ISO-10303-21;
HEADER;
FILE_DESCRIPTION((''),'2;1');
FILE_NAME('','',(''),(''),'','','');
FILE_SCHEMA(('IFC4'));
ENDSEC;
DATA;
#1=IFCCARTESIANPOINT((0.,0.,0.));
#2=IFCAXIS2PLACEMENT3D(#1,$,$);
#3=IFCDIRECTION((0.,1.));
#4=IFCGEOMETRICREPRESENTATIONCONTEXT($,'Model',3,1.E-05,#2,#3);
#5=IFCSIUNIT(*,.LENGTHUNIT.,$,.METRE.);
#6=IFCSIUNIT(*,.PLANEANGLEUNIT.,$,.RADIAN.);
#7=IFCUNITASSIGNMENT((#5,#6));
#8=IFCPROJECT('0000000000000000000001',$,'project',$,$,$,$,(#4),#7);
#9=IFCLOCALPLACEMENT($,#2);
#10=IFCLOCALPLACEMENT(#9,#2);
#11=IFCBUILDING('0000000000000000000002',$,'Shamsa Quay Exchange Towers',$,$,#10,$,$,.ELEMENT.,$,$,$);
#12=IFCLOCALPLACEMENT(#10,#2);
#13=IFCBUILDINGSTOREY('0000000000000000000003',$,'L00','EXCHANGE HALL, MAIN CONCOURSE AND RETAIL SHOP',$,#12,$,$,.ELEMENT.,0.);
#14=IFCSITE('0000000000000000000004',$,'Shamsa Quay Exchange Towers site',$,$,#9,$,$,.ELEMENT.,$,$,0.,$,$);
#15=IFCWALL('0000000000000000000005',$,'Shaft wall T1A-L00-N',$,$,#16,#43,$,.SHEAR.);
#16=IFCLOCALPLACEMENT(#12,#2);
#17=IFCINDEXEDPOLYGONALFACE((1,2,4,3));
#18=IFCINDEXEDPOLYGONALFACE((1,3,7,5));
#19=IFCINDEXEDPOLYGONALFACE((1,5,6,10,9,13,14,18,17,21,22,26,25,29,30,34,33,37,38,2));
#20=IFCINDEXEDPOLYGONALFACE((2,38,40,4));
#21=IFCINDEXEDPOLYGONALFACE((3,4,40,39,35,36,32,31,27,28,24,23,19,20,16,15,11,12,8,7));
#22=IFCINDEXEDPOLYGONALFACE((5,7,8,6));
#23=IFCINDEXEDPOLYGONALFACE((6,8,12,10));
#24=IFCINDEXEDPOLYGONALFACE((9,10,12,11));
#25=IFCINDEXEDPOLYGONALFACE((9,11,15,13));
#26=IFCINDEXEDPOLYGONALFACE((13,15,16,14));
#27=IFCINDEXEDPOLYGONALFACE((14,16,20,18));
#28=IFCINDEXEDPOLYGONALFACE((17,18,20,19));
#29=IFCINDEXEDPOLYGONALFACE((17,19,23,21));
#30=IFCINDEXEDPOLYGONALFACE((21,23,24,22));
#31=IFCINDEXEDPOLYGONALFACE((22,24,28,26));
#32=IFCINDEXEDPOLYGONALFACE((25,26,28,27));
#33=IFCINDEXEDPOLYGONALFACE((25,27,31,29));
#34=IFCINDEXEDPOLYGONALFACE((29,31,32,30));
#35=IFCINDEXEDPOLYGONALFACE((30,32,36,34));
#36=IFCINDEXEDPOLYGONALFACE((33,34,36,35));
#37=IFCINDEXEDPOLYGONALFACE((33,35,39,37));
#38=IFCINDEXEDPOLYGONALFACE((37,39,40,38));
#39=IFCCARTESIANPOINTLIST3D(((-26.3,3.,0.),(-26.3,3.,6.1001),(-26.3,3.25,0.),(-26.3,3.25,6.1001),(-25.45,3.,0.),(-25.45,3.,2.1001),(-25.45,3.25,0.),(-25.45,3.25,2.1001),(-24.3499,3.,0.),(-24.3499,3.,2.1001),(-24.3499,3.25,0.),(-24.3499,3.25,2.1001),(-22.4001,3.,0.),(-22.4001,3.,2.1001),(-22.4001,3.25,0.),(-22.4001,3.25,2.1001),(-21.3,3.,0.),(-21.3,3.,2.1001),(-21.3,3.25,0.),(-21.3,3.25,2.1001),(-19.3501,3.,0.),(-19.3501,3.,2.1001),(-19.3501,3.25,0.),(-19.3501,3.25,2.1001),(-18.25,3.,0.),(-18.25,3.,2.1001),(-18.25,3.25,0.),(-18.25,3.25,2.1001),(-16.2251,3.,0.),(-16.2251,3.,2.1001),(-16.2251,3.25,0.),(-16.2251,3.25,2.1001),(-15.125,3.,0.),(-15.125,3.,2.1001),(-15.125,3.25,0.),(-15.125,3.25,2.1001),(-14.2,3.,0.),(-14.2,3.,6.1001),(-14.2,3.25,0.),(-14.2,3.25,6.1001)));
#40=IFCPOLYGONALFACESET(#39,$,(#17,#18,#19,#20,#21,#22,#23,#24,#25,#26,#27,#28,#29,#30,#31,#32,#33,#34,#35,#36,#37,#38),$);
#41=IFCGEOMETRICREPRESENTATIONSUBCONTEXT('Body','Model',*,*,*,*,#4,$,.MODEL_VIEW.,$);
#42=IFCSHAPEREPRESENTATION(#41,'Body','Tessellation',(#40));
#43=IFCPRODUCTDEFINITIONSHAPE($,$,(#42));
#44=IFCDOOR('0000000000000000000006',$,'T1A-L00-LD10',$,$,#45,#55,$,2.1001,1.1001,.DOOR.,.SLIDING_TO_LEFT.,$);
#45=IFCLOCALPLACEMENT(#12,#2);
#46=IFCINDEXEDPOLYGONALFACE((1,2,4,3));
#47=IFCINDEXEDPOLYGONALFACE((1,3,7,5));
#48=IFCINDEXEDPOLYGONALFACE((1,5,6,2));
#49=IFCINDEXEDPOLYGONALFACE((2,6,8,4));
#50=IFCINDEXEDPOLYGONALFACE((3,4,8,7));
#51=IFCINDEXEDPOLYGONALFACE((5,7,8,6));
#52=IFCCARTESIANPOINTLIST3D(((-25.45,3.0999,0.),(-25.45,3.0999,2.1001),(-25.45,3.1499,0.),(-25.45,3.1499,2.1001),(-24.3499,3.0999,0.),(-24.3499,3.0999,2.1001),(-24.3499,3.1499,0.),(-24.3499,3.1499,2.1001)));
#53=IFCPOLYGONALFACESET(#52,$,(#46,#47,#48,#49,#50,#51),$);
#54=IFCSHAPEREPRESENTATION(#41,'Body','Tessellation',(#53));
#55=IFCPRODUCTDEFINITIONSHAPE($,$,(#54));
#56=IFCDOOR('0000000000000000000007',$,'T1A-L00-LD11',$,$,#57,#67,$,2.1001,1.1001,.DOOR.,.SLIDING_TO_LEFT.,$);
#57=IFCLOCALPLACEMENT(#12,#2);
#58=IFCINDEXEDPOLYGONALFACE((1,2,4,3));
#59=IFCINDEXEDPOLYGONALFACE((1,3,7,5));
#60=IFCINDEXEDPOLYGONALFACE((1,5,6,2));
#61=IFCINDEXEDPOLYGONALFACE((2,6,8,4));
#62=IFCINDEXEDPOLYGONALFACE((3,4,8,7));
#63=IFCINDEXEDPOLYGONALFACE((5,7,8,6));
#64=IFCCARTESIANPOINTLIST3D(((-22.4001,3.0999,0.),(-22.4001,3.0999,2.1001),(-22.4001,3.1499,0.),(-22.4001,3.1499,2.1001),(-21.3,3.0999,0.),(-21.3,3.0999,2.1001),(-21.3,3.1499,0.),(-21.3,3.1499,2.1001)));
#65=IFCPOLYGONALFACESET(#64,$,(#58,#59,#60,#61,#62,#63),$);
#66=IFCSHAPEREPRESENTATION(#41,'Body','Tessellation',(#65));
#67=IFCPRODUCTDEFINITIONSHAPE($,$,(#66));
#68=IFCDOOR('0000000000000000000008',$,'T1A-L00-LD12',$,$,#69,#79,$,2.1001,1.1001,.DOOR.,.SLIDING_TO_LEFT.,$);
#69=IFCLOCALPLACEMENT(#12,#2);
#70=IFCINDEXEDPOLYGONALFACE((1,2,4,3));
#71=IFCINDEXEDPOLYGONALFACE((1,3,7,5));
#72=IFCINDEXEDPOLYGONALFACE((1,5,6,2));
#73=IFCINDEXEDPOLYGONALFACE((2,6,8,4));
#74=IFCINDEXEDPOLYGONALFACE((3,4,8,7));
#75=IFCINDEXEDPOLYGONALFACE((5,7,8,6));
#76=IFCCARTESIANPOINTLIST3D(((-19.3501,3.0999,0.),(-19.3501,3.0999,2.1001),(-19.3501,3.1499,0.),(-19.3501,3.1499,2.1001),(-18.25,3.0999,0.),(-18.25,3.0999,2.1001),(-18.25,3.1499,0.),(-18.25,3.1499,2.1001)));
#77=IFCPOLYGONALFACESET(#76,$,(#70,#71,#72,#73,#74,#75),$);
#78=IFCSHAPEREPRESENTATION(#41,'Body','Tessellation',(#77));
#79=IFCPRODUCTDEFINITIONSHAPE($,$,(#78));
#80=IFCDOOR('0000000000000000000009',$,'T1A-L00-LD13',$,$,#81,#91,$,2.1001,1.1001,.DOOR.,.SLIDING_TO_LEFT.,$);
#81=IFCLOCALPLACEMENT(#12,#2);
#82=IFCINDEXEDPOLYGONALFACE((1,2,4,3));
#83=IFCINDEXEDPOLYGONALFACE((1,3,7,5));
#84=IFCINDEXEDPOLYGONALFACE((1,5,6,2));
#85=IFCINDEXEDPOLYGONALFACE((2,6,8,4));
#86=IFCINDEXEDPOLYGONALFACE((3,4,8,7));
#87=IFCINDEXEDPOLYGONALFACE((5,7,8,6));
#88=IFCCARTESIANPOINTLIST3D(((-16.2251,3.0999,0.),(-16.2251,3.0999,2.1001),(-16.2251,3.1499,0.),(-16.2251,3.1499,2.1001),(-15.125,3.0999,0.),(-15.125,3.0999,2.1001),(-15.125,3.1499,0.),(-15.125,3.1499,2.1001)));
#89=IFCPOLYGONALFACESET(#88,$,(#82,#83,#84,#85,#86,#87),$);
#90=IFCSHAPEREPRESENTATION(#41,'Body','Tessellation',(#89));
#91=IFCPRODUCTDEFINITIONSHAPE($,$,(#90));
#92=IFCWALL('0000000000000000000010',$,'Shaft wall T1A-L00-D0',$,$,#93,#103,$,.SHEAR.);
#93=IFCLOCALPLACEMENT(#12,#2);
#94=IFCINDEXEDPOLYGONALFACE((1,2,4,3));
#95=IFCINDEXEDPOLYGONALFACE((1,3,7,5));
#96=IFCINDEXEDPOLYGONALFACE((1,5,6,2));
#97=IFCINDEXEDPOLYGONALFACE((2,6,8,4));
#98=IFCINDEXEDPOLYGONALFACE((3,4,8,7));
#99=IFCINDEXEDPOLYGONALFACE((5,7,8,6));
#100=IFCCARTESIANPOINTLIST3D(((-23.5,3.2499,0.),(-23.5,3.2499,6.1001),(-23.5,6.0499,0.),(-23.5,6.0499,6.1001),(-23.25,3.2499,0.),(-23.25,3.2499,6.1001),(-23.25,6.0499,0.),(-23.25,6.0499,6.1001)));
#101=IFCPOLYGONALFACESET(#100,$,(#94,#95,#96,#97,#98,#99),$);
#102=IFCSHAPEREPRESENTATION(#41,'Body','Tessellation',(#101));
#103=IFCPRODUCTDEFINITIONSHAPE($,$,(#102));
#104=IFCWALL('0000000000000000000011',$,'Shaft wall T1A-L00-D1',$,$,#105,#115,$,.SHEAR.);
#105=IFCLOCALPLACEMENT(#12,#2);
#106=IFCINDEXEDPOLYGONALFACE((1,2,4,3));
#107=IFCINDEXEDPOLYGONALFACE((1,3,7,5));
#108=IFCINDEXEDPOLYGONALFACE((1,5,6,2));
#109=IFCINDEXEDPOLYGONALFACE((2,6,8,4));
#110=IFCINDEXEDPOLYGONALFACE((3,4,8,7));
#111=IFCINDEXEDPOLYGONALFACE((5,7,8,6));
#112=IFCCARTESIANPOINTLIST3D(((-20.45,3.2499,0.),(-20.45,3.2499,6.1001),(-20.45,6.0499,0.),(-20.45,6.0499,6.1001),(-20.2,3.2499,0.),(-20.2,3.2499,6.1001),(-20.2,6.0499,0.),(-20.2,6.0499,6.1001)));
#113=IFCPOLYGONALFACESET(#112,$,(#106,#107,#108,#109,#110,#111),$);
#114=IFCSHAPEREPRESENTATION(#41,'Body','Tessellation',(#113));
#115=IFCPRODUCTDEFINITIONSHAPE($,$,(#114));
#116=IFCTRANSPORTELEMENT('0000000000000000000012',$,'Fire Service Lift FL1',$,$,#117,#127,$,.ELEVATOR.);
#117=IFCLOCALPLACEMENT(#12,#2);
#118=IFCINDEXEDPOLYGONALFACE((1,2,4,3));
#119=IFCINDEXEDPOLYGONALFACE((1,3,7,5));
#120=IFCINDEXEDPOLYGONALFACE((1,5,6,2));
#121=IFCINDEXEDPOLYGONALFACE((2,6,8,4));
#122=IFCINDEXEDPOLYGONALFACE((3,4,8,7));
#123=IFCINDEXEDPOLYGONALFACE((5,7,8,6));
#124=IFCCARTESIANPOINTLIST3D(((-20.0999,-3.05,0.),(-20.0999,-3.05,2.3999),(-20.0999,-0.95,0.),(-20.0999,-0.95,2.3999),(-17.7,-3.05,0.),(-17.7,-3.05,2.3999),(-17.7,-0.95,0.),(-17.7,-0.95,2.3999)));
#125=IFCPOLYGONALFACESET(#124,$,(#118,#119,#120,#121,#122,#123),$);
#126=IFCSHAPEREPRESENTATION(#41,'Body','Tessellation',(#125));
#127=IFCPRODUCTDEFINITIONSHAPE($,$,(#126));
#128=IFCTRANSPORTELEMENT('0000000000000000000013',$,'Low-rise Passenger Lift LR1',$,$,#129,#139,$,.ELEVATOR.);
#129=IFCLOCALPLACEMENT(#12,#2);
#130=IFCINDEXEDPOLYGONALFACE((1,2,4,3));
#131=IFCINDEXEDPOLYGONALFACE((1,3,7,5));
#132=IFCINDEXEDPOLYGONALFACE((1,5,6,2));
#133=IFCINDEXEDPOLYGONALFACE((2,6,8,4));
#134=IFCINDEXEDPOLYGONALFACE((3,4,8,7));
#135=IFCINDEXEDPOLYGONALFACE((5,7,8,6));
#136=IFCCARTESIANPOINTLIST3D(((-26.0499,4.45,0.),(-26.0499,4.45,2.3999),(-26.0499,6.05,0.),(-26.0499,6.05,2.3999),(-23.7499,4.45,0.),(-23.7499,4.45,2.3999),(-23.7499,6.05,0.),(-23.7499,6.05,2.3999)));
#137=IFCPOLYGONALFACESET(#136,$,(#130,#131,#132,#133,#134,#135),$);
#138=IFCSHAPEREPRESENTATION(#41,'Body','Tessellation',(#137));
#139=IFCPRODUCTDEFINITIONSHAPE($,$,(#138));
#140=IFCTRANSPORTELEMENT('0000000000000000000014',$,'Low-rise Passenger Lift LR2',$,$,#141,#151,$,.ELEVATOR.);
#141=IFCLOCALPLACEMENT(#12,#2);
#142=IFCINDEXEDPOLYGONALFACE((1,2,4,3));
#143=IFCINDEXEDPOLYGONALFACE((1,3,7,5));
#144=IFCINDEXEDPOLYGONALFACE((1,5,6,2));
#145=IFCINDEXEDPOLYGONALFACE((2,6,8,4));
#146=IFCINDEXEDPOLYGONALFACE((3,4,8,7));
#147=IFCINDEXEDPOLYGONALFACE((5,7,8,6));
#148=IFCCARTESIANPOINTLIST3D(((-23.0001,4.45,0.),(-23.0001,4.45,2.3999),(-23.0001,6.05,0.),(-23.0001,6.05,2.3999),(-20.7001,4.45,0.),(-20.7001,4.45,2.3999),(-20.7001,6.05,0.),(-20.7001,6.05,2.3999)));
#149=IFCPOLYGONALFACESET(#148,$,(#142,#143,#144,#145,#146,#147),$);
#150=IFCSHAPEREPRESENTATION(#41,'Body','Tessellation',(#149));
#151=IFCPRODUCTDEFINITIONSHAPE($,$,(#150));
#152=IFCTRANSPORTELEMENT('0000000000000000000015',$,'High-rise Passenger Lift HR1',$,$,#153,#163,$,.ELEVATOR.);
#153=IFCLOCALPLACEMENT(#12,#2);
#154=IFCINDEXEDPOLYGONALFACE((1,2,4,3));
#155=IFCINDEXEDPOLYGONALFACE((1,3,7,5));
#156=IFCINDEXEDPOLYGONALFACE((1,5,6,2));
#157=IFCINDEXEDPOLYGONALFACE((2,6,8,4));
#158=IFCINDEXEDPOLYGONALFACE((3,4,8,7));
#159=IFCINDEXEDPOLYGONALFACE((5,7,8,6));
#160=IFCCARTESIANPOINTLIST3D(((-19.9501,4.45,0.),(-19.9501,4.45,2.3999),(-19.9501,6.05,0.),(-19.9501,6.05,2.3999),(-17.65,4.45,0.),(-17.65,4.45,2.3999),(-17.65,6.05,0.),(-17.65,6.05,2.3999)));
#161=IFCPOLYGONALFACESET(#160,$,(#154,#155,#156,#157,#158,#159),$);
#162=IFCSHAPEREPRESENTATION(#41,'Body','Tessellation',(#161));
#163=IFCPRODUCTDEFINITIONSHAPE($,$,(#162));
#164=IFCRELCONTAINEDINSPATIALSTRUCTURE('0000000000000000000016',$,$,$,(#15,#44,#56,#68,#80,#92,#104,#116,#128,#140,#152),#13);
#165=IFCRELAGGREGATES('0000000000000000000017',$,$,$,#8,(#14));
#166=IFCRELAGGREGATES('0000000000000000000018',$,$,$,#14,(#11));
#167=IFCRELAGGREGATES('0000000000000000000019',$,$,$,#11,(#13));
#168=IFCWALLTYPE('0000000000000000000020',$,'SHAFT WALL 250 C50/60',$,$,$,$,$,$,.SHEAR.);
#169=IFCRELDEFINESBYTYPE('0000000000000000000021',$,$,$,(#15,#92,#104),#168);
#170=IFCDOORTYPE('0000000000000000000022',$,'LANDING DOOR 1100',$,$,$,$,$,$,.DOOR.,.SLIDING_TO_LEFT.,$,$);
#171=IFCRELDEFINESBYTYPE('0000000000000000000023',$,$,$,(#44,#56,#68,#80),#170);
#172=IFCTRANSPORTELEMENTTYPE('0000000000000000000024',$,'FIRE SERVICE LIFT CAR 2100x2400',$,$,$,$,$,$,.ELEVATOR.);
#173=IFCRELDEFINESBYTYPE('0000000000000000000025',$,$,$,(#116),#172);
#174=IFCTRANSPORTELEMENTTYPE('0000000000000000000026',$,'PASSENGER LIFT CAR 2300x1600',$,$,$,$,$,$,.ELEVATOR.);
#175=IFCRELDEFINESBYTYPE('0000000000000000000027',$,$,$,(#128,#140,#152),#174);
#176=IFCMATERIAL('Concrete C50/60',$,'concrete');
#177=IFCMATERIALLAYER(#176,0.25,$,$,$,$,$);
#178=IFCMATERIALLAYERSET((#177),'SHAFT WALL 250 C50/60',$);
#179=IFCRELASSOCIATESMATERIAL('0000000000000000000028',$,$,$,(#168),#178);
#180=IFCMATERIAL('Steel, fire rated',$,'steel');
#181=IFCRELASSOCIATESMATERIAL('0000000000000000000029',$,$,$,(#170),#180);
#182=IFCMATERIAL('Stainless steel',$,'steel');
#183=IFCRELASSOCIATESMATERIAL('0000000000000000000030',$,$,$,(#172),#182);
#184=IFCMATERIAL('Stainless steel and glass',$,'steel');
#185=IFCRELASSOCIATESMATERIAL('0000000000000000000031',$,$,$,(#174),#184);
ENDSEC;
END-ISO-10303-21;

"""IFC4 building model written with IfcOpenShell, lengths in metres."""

from ifc_helpers import new_model, si_unit, direction, frame, frame_2d, origin, origin_2d, place, context, subcontext, project, spatial, rectangle, extrude, material, layer, layer_set, type_object, element, fill, save


model = new_model("IFC4")

# Units and contexts
model_context = context("Model", 3, precision=1e-05, world=origin(), true_north=direction((0.0, 1.0)))
body_context = subcontext(model_context, "Body", "Model", "MODEL_VIEW")
ifc_project = project(units=[si_unit("LENGTHUNIT", "METRE"), si_unit("PLANEANGLEUNIT", "RADIAN")], contexts=[model_context])

# Site, building, storey
site_placement = place(None, origin())
site = spatial("IfcSite", under=ifc_project, at=site_placement, Name="Shamsa Quay Exchange Towers site", CompositionType="ELEMENT", RefElevation=0.0)
building_placement = place(site_placement, origin())
building = spatial("IfcBuilding", under=site, at=building_placement, Name="Shamsa Quay Exchange Towers", CompositionType="ELEMENT")
storey_placement = place(building_placement, origin())
storey = spatial("IfcBuildingStorey", under=building, at=storey_placement, Name="L00", Description="EXCHANGE HALL, MAIN CONCOURSE AND RETAIL SHOP", CompositionType="ELEMENT", Elevation=0.0)

# Wall, openings, doors
ifc_material_1 = material(Name="Concrete C50/60", Category="concrete")
ifc_layer_1 = layer(ifc_material_1, 0.25)
ifc_layer_set_1 = layer_set([ifc_layer_1], Name="SHAFT WALL 250 C50/60")
wall_type_1 = type_object("IfcWallType", Name="SHAFT WALL 250 C50/60", PredefinedType="SHEAR", material=ifc_layer_set_1)
wall_placement = place(storey_placement, frame((-26.3, 3.125, 0.0)))
wall = element("IfcWall", 1, at=wall_placement, inside=storey, type_object=wall_type_1, Name="Shaft wall T1A-L00-N", PredefinedType="SHEAR", context=body_context, shape_type="SweptSolid", body=[
    extrude(rectangle(XDim=12.1001, YDim=0.25, at=frame_2d((6.05, 0.0))), origin(), (0.0, 0.0, 1.0), 6.1001),
])
opening_1_placement = place(wall_placement, frame((0.8501, 0.0, 0.0)))
opening_1 = element("IfcOpeningElement", 2, at=opening_1_placement, cuts=wall, PredefinedType="OPENING", context=body_context, shape_type="SweptSolid", body=[
    extrude(rectangle(XDim=1.1001, YDim=2.1001, at=frame_2d((0.55, 1.05))), frame((0.0, 0.135, 0.0), z_axis=(0.0, -1.0, 0.0), x_axis=(1.0, 0.0, 0.0)), (0.0, 0.0, 1.0), 0.27),
])
opening_2_placement = place(wall_placement, frame((3.8999, 0.0, 0.0)))
opening_2 = element("IfcOpeningElement", 3, at=opening_2_placement, cuts=wall, PredefinedType="OPENING", context=body_context, shape_type="SweptSolid", body=[
    extrude(rectangle(XDim=1.1001, YDim=2.1001, at=frame_2d((0.55, 1.05))), frame((0.0, 0.135, 0.0), z_axis=(0.0, -1.0, 0.0), x_axis=(1.0, 0.0, 0.0)), (0.0, 0.0, 1.0), 0.27),
])
opening_3_placement = place(wall_placement, frame((6.95, 0.0, 0.0)))
opening_3 = element("IfcOpeningElement", 4, at=opening_3_placement, cuts=wall, PredefinedType="OPENING", context=body_context, shape_type="SweptSolid", body=[
    extrude(rectangle(XDim=1.1001, YDim=2.1001, at=frame_2d((0.55, 1.05))), frame((0.0, 0.135, 0.0), z_axis=(0.0, -1.0, 0.0), x_axis=(1.0, 0.0, 0.0)), (0.0, 0.0, 1.0), 0.27),
])
opening_4_placement = place(wall_placement, frame((10.075, 0.0, 0.0)))
opening_4 = element("IfcOpeningElement", 5, at=opening_4_placement, cuts=wall, PredefinedType="OPENING", context=body_context, shape_type="SweptSolid", body=[
    extrude(rectangle(XDim=1.1001, YDim=2.1001, at=frame_2d((0.55, 1.05))), frame((0.0, 0.135, 0.0), z_axis=(0.0, -1.0, 0.0), x_axis=(1.0, 0.0, 0.0)), (0.0, 0.0, 1.0), 0.27),
])
ifc_material_2 = material(Name="Steel, fire rated", Category="steel")
door_type = type_object("IfcDoorType", Name="LANDING DOOR 1100", OperationType="SLIDING_TO_LEFT", PredefinedType="DOOR", material=ifc_material_2)
door_1_placement = place(opening_1_placement, origin())
door_1 = element("IfcDoor", 6, at=door_1_placement, inside=storey, type_object=door_type, Name="T1A-L00-LD10", OperationType="SLIDING_TO_LEFT", OverallHeight=2.1001, OverallWidth=1.1001, PredefinedType="DOOR", context=body_context, shape_type="SweptSolid", body=[
    extrude(rectangle(XDim=1.1001, YDim=2.1001, at=frame_2d((0.55, 1.05))), frame((0.0, 0.0249, 0.0), z_axis=(0.0, -1.0, 0.0), x_axis=(1.0, 0.0, 0.0)), (0.0, 0.0, 1.0), 0.05),
])
fill(opening_1, door_1)
door_2_placement = place(opening_2_placement, origin())
door_2 = element("IfcDoor", 7, at=door_2_placement, inside=storey, type_object=door_type, Name="T1A-L00-LD11", OperationType="SLIDING_TO_LEFT", OverallHeight=2.1001, OverallWidth=1.1001, PredefinedType="DOOR", context=body_context, shape_type="SweptSolid", body=[
    extrude(rectangle(XDim=1.1001, YDim=2.1001, at=frame_2d((0.55, 1.05))), frame((0.0, 0.0249, 0.0), z_axis=(0.0, -1.0, 0.0), x_axis=(1.0, 0.0, 0.0)), (0.0, 0.0, 1.0), 0.05),
])
fill(opening_2, door_2)
door_3_placement = place(opening_3_placement, origin())
door_3 = element("IfcDoor", 8, at=door_3_placement, inside=storey, type_object=door_type, Name="T1A-L00-LD12", OperationType="SLIDING_TO_LEFT", OverallHeight=2.1001, OverallWidth=1.1001, PredefinedType="DOOR", context=body_context, shape_type="SweptSolid", body=[
    extrude(rectangle(XDim=1.1001, YDim=2.1001, at=frame_2d((0.55, 1.05))), frame((0.0, 0.0249, 0.0), z_axis=(0.0, -1.0, 0.0), x_axis=(1.0, 0.0, 0.0)), (0.0, 0.0, 1.0), 0.05),
])
fill(opening_3, door_3)
door_4_placement = place(opening_4_placement, origin())
door_4 = element("IfcDoor", 9, at=door_4_placement, inside=storey, type_object=door_type, Name="T1A-L00-LD13", OperationType="SLIDING_TO_LEFT", OverallHeight=2.1001, OverallWidth=1.1001, PredefinedType="DOOR", context=body_context, shape_type="SweptSolid", body=[
    extrude(rectangle(XDim=1.1001, YDim=2.1001, at=frame_2d((0.55, 1.05))), frame((0.0, 0.0249, 0.0), z_axis=(0.0, -1.0, 0.0), x_axis=(1.0, 0.0, 0.0)), (0.0, 0.0, 1.0), 0.05),
])
fill(opening_4, door_4)

# Walls
for number, where, z_axis, x_axis, name in (
    (10, (-23.375, 3.25, 0.0), (0.0, 0.0, 1.0), (0.0, 1.0, 0.0), "Shaft wall T1A-L00-D0"),
    (11, (-20.325, 3.25, 0.0), (0.0, 0.0, 1.0), (0.0, 1.0, 0.0), "Shaft wall T1A-L00-D1"),
):
    element("IfcWall", number, at=place(storey_placement, frame(where, z_axis=z_axis, x_axis=x_axis)), inside=storey, type_object=wall_type_1, Name=name, PredefinedType="SHEAR", context=body_context, shape_type="SweptSolid", body=[
        extrude(rectangle(XDim=2.8, YDim=0.25, at=frame_2d((1.3999, 0.0))), origin(), (0.0, 0.0, 1.0), 6.1001),
    ])

# Transport elements
ifc_material_3 = material(Name="Stainless steel", Category="steel")
transport_element_type_1 = type_object("IfcTransportElementType", Name="FIRE SERVICE LIFT CAR 2100x2400", PredefinedType="ELEVATOR", material=ifc_material_3)
transport_element_placement = place(storey_placement, frame((-18.8999, -2.0, 0.0)))
element("IfcTransportElement", 12, at=transport_element_placement, inside=storey, type_object=transport_element_type_1, Name="Fire Service Lift FL1", PredefinedType="ELEVATOR", context=body_context, shape_type="SweptSolid", body=[
    extrude(rectangle(XDim=2.3999, YDim=2.1001, at=origin_2d()), origin(), (0.0, 0.0, 1.0), 2.3999),
])
ifc_material_4 = material(Name="Stainless steel and glass", Category="steel")
transport_element_type_2 = type_object("IfcTransportElementType", Name="PASSENGER LIFT CAR 2300x1600", PredefinedType="ELEVATOR", material=ifc_material_4)
for number, where, name in (
    (13, (-24.8999, 5.25, 0.0), "Low-rise Passenger Lift LR1"),
    (14, (-21.8501, 5.25, 0.0), "Low-rise Passenger Lift LR2"),
    (15, (-18.8, 5.25, 0.0), "High-rise Passenger Lift HR1"),
):
    element("IfcTransportElement", number, at=place(storey_placement, frame(where)), inside=storey, type_object=transport_element_type_2, Name=name, PredefinedType="ELEVATOR", context=body_context, shape_type="SweptSolid", body=[
        extrude(rectangle(XDim=2.3, YDim=1.6001, at=origin_2d()), origin(), (0.0, 0.0, 1.0), 2.3999),
    ])

save(model, "model.ifc")
